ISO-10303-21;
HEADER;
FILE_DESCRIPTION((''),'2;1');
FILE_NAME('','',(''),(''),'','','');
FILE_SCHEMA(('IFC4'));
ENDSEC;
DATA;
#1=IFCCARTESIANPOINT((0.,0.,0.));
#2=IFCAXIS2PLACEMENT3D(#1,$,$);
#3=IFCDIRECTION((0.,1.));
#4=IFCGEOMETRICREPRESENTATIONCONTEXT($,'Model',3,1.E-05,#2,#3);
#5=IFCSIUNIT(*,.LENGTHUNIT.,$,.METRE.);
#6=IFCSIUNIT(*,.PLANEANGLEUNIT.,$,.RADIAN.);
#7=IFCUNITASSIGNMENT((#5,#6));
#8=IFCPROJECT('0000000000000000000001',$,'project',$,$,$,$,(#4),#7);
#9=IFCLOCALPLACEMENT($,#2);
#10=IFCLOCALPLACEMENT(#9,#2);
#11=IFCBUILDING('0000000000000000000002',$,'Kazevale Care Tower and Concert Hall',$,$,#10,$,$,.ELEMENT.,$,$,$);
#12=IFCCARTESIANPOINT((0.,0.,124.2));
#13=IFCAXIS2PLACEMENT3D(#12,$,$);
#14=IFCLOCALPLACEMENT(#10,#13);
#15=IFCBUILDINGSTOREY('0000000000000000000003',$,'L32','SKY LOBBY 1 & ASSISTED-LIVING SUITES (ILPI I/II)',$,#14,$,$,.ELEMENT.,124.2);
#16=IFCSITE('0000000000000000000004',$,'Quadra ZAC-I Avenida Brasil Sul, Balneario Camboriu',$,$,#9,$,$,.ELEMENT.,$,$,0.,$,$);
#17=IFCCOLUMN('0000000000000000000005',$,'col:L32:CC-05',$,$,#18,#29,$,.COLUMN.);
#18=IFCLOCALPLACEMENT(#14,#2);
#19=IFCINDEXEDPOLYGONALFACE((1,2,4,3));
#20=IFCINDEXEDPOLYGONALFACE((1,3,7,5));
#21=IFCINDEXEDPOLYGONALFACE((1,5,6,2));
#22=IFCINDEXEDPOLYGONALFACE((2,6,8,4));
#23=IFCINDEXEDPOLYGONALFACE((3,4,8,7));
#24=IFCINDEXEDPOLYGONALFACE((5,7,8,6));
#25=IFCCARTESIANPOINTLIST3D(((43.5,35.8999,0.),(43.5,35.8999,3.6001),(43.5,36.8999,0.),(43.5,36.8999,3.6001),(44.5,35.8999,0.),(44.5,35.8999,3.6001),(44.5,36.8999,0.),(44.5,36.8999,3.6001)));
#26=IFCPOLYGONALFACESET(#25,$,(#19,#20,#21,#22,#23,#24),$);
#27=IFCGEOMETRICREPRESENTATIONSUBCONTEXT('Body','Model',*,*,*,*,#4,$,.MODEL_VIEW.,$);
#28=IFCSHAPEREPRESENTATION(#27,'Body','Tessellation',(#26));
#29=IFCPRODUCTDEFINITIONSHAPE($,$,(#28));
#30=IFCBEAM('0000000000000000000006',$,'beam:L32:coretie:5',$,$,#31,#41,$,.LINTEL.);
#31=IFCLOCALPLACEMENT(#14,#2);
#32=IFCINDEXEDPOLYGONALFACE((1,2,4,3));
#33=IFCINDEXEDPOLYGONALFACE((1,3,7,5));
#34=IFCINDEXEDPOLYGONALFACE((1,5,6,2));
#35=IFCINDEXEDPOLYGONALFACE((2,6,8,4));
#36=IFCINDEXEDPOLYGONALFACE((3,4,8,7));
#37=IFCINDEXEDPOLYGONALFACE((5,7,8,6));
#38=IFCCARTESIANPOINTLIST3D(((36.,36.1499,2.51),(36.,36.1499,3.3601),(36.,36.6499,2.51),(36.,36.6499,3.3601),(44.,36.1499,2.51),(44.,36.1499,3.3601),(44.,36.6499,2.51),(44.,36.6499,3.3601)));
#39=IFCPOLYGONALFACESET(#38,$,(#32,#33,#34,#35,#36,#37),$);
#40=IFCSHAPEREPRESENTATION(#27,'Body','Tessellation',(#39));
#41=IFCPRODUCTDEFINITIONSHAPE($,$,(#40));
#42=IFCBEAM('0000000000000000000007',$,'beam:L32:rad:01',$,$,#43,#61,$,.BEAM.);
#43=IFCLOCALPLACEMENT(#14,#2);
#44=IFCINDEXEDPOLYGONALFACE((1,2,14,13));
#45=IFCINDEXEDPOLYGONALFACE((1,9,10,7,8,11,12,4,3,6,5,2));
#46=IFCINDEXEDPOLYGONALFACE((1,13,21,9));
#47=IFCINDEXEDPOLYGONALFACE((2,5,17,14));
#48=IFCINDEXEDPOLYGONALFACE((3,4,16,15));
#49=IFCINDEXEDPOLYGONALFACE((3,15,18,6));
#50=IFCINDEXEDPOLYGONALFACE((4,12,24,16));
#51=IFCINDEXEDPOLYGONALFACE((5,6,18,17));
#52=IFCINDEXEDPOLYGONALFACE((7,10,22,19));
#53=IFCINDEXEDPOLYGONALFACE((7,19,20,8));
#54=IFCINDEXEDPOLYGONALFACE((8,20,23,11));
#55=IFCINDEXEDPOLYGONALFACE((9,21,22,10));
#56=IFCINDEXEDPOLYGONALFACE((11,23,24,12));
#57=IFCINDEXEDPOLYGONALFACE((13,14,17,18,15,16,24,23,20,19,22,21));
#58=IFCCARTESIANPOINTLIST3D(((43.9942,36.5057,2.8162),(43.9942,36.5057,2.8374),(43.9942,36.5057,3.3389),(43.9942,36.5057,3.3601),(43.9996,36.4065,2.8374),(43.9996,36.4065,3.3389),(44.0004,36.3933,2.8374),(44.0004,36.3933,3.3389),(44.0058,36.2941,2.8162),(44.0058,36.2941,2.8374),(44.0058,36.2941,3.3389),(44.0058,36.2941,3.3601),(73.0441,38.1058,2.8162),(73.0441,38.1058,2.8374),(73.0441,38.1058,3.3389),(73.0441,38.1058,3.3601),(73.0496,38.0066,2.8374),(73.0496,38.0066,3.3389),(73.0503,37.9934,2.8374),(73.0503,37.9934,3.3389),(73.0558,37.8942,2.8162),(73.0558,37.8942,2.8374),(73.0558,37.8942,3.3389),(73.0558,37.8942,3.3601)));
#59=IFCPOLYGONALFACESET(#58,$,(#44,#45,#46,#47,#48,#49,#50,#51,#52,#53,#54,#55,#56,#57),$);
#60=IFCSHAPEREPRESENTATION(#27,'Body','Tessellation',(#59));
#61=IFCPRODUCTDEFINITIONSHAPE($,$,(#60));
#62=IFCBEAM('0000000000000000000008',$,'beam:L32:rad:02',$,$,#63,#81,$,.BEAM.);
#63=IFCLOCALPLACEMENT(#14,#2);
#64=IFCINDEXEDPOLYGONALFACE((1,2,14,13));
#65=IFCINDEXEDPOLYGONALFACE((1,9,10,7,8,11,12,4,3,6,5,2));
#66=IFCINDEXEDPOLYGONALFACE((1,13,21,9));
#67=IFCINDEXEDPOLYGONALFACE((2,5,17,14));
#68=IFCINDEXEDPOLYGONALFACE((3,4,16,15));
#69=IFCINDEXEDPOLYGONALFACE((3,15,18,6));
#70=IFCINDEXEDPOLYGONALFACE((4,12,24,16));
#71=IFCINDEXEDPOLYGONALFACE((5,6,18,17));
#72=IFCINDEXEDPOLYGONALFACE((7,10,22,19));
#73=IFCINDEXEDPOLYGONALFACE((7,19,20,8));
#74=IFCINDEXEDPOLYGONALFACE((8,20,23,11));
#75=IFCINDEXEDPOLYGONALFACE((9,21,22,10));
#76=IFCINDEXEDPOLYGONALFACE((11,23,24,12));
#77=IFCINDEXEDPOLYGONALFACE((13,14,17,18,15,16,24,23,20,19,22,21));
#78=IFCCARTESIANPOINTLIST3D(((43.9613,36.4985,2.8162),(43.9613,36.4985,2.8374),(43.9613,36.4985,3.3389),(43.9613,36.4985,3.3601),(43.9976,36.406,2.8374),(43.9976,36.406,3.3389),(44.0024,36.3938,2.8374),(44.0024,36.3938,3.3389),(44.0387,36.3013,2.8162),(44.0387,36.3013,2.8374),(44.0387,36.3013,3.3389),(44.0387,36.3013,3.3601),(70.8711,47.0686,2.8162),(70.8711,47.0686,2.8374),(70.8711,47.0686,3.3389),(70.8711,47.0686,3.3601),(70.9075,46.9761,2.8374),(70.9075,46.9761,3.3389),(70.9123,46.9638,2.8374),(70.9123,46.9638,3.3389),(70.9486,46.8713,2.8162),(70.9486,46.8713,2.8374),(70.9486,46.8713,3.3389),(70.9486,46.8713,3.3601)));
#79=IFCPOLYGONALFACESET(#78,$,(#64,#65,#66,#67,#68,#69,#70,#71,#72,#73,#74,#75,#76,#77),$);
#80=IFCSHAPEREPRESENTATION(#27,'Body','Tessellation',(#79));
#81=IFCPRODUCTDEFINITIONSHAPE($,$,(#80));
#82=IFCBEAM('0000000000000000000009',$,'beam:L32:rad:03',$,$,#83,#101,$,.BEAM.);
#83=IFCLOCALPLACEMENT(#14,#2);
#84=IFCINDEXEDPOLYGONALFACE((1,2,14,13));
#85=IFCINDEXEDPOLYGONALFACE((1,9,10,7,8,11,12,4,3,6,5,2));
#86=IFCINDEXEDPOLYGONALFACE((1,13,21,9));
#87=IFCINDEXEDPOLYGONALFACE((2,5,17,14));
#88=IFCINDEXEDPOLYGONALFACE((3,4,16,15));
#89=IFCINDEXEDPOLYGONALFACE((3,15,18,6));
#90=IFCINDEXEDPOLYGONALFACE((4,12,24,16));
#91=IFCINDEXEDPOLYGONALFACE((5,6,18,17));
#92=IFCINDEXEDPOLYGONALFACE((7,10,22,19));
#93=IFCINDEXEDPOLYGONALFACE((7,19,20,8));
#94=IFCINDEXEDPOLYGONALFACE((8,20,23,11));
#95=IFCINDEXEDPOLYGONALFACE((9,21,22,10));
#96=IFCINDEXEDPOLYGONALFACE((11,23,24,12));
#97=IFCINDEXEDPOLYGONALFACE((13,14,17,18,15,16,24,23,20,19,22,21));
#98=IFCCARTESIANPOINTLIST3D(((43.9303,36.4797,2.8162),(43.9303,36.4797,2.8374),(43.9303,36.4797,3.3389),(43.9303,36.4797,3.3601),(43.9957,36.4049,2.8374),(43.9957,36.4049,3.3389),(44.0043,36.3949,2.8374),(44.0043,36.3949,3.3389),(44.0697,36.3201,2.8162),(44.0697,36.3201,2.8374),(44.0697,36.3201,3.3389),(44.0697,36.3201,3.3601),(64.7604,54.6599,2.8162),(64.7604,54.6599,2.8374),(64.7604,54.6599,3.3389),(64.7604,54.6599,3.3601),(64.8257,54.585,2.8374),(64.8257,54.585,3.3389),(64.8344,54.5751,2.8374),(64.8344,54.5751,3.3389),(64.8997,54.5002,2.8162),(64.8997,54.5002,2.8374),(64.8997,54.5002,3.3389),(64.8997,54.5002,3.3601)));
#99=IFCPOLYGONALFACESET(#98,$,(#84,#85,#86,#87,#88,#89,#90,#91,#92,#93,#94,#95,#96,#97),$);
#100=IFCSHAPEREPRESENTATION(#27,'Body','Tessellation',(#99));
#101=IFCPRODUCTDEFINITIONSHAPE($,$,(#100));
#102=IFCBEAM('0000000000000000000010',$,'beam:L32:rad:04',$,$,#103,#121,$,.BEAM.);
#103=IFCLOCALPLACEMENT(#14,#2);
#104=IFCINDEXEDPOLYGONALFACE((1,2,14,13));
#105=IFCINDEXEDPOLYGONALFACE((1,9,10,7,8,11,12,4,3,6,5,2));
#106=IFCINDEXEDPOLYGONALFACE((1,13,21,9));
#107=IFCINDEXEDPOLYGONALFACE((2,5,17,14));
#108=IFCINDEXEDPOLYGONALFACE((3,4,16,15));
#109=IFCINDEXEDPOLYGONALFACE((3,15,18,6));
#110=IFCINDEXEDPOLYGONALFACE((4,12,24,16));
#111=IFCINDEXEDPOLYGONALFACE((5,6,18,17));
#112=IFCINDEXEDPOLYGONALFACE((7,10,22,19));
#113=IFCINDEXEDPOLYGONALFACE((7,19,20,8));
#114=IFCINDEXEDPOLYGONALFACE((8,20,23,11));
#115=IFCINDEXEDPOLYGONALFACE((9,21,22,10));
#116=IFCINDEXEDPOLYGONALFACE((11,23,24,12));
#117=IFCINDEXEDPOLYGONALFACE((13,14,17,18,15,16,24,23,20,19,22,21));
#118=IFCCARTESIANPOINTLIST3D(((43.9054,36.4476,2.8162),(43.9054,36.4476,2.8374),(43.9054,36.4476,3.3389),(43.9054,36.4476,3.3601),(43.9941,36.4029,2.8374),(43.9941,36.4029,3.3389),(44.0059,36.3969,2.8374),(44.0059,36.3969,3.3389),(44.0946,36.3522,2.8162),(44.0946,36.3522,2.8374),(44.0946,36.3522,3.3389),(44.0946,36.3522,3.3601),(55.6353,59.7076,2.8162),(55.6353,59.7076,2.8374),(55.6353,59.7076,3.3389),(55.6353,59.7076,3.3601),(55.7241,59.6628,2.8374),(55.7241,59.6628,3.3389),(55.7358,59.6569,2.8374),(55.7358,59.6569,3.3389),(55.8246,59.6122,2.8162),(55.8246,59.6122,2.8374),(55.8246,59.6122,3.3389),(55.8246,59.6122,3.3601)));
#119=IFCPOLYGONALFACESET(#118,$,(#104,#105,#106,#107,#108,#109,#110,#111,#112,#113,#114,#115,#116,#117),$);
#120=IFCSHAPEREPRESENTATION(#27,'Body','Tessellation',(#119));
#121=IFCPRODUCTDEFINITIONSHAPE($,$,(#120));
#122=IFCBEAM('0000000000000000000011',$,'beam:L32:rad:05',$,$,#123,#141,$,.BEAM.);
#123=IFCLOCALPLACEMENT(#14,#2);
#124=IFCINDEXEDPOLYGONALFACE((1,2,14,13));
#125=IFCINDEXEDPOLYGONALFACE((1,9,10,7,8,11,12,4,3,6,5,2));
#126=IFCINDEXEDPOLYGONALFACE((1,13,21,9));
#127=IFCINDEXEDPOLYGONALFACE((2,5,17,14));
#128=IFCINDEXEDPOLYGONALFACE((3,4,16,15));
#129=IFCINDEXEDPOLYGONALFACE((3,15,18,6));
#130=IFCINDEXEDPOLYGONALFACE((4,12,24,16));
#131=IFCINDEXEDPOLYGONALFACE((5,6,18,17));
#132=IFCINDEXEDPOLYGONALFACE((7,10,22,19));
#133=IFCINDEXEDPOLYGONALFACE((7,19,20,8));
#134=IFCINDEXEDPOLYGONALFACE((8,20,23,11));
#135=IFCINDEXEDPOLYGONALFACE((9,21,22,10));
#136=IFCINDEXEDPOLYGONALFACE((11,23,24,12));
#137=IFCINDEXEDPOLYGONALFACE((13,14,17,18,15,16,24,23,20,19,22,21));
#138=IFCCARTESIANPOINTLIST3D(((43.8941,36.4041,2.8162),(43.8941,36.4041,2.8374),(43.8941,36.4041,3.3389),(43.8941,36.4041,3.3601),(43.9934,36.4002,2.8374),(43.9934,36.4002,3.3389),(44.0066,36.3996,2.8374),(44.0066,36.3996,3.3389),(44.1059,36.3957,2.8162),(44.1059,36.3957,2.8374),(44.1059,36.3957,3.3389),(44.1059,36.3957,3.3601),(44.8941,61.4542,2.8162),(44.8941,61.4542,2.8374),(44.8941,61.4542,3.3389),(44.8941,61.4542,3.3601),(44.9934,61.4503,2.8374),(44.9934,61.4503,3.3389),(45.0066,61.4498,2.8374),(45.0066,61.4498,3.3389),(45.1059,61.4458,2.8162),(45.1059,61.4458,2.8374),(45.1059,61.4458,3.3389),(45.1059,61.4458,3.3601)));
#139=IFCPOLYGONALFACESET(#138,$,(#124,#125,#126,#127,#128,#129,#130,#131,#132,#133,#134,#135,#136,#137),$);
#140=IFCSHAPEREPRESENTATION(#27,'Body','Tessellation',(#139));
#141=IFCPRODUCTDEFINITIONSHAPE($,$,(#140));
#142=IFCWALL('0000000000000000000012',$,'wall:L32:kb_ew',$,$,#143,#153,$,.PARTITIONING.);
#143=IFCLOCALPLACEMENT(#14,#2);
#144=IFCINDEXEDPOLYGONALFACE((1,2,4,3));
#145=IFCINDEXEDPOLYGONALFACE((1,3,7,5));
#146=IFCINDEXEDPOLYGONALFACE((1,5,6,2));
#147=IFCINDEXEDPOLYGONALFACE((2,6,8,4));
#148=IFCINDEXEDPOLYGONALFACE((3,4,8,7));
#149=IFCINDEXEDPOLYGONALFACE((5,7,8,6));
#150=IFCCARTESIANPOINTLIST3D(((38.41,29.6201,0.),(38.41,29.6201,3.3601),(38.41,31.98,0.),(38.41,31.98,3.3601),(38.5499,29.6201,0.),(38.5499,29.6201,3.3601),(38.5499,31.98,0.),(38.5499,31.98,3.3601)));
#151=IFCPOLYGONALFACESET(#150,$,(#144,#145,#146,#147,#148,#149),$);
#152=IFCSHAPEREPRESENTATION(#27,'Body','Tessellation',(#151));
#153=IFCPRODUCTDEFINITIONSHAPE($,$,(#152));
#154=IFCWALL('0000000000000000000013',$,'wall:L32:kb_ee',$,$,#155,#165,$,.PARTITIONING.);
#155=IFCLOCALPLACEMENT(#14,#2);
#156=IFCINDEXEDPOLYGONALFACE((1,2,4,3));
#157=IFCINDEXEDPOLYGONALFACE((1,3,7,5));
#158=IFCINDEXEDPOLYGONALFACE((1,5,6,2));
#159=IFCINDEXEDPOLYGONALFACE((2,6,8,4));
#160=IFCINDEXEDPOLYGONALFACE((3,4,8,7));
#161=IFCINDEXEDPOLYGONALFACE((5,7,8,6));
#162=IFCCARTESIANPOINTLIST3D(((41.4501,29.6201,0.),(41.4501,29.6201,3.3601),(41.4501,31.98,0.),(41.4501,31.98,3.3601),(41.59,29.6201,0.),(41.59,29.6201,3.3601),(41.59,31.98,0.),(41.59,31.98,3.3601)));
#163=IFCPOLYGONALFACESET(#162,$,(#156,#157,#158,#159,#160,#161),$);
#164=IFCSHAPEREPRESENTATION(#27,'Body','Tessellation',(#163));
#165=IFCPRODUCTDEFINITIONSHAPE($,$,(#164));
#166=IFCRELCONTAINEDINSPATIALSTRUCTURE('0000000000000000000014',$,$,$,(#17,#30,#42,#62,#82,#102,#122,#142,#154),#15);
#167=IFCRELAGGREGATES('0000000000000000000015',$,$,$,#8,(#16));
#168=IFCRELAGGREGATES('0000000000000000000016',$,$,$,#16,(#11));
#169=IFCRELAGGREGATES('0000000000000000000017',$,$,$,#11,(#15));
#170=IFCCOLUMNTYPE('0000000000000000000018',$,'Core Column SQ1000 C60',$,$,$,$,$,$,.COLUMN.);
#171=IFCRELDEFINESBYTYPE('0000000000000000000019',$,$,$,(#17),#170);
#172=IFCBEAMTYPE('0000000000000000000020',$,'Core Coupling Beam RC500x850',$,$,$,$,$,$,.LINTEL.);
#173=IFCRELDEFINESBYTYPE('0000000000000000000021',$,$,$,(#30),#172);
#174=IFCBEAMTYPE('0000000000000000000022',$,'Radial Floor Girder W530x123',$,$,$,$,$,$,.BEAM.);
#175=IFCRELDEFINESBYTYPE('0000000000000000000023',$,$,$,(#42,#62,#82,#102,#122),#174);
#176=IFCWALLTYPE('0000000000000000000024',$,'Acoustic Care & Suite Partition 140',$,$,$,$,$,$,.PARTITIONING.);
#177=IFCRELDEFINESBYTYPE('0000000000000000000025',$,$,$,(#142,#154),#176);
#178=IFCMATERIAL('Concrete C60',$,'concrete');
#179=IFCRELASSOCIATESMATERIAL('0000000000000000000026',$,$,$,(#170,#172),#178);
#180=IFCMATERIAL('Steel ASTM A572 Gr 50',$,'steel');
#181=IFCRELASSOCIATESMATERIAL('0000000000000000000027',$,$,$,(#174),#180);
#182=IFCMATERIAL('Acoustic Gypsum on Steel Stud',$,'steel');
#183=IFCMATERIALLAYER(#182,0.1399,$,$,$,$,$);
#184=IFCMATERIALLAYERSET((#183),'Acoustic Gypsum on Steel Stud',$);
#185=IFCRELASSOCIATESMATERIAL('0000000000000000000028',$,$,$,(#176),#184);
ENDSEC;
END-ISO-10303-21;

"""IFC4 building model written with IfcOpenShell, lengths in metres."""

from ifc_helpers import new_model, si_unit, direction, frame, frame_2d, origin, origin_2d, place, context, subcontext, project, spatial, rectangle, i_section, extrude, material, layer, layer_set, material_profile, profile_set, type_object, element, save


model = new_model("IFC4")

# Units and contexts
model_context = context("Model", 3, precision=1e-05, world=origin(), true_north=direction((0.0, 1.0)))
body_context = subcontext(model_context, "Body", "Model", "MODEL_VIEW")
ifc_project = project(units=[si_unit("LENGTHUNIT", "METRE"), si_unit("PLANEANGLEUNIT", "RADIAN")], contexts=[model_context])

# Site, building, storey
site_placement = place(None, origin())
site = spatial("IfcSite", under=ifc_project, at=site_placement, Name="Quadra ZAC-I Avenida Brasil Sul, Balneario Camboriu", CompositionType="ELEMENT", RefElevation=0.0)
building_placement = place(site_placement, origin())
building = spatial("IfcBuilding", under=site, at=building_placement, Name="Kazevale Care Tower and Concert Hall", CompositionType="ELEMENT")
storey_placement = place(building_placement, frame((0.0, 0.0, 124.2)))
storey = spatial("IfcBuildingStorey", under=building, at=storey_placement, Name="L32", Description="SKY LOBBY 1 & ASSISTED-LIVING SUITES (ILPI I/II)", CompositionType="ELEMENT", Elevation=124.2)

# Column
ifc_material_1 = material(Name="Concrete C60", Category="concrete")
ifc_material_profile_1 = material_profile(ifc_material_1, rectangle(XDim=1.0, YDim=1.0, at=origin_2d()), Name="RC-SQ1000")
ifc_profile_set_1 = profile_set([ifc_material_profile_1], Name="Concrete C60")
column_type = type_object("IfcColumnType", Name="Core Column SQ1000 C60", PredefinedType="COLUMN", material=ifc_profile_set_1)
column_placement = place(storey_placement, frame((44.0, 36.3999, 0.0), z_axis=(0.0, 0.0, 1.0), x_axis=(1.0, 0.0, 0.0)))
element("IfcColumn", 1, at=column_placement, inside=storey, type_object=column_type, Name="col:L32:CC-05", PredefinedType="COLUMN", context=body_context, shape_type="SweptSolid", body=[
    extrude(rectangle(XDim=1.0, YDim=1.0, at=origin_2d()), origin(), (0.0, 0.0, 1.0), 3.6001),
])

# Beams
ifc_material_profile_2 = material_profile(ifc_material_1, rectangle(XDim=0.5, YDim=0.8501, at=origin_2d()), Name="RC-B500x850")
ifc_profile_set_2 = profile_set([ifc_material_profile_2], Name="Concrete C60")
beam_type_1 = type_object("IfcBeamType", Name="Core Coupling Beam RC500x850", PredefinedType="LINTEL", material=ifc_profile_set_2)
beam_1_placement = place(storey_placement, frame((44.0, 36.3999, 2.9351), z_axis=(-1.0, 0.0, 0.0), x_axis=(0.0, -1.0, 0.0)))
element("IfcBeam", 2, at=beam_1_placement, inside=storey, type_object=beam_type_1, Name="beam:L32:coretie:5", PredefinedType="LINTEL", context=body_context, shape_type="SweptSolid", body=[
    extrude(rectangle(XDim=0.5, YDim=0.8501, at=origin_2d()), origin(), (0.0, 0.0, 1.0), 8.0),
])
ifc_material_2 = material(Name="Steel ASTM A572 Gr 50", Category="steel")
ifc_material_profile_3 = material_profile(ifc_material_2, i_section(OverallWidth=0.2119, OverallDepth=0.5439, WebThickness=0.0132, FlangeThickness=0.0212, at=origin_2d()), Name="W530x123")
ifc_profile_set_3 = profile_set([ifc_material_profile_3], Name="Steel ASTM A572 Gr 50")
beam_type_2 = type_object("IfcBeamType", Name="Radial Floor Girder W530x123", PredefinedType="BEAM", material=ifc_profile_set_3)
beam_2_placement = place(storey_placement, frame((44.0, 36.3999, 3.0881), z_axis=(0.998487, 0.054997, 0.0), x_axis=(-0.054997, 0.998487, 0.0)))
element("IfcBeam", 3, at=beam_2_placement, inside=storey, type_object=beam_type_2, Name="beam:L32:rad:01", PredefinedType="BEAM", context=body_context, shape_type="SweptSolid", body=[
    extrude(i_section(OverallWidth=0.2119, OverallDepth=0.5439, WebThickness=0.0132, FlangeThickness=0.0212, at=origin_2d()), origin(), (0.0, 0.0, 1.0), 29.094),
])
beam_3_placement = place(storey_placement, frame((44.0, 36.3999, 3.0881), z_axis=(0.930771, 0.365602, 0.0), x_axis=(-0.365602, 0.930771, 0.0)))
element("IfcBeam", 4, at=beam_3_placement, inside=storey, type_object=beam_type_2, Name="beam:L32:rad:02", PredefinedType="BEAM", context=body_context, shape_type="SweptSolid", body=[
    extrude(i_section(OverallWidth=0.2119, OverallDepth=0.5439, WebThickness=0.0132, FlangeThickness=0.0212, at=origin_2d()), origin(), (0.0, 0.0, 1.0), 28.9114),
])
beam_4_placement = place(storey_placement, frame((44.0, 36.3999, 3.0881), z_axis=(0.753403, 0.657559, 0.0), x_axis=(-0.657559, 0.753403, 0.0)))
element("IfcBeam", 5, at=beam_4_placement, inside=storey, type_object=beam_type_2, Name="beam:L32:rad:03", PredefinedType="BEAM", context=body_context, shape_type="SweptSolid", body=[
    extrude(i_section(OverallWidth=0.2119, OverallDepth=0.5439, WebThickness=0.0132, FlangeThickness=0.0212, at=origin_2d()), origin(), (0.0, 0.0, 1.0), 27.6479),
])
beam_5_placement = place(storey_placement, frame((44.0, 36.3999, 3.0881), z_axis=(0.450281, 0.892887, 0.0), x_axis=(-0.892887, 0.450281, 0.0)))
element("IfcBeam", 6, at=beam_5_placement, inside=storey, type_object=beam_type_2, Name="beam:L32:rad:04", PredefinedType="BEAM", context=body_context, shape_type="SweptSolid", body=[
    extrude(i_section(OverallWidth=0.2119, OverallDepth=0.5439, WebThickness=0.0132, FlangeThickness=0.0212, at=origin_2d()), origin(), (0.0, 0.0, 1.0), 26.0503),
])
beam_6_placement = place(storey_placement, frame((44.0, 36.3999, 3.0881), z_axis=(0.039888, 0.999204, 0.0), x_axis=(-0.999204, 0.039888, 0.0)))
element("IfcBeam", 7, at=beam_6_placement, inside=storey, type_object=beam_type_2, Name="beam:L32:rad:05", PredefinedType="BEAM", context=body_context, shape_type="SweptSolid", body=[
    extrude(i_section(OverallWidth=0.2119, OverallDepth=0.5439, WebThickness=0.0132, FlangeThickness=0.0212, at=origin_2d()), origin(), (0.0, 0.0, 1.0), 25.0701),
])

# Walls
ifc_material_3 = material(Name="Acoustic Gypsum on Steel Stud", Category="steel")
ifc_layer_1 = layer(ifc_material_3, 0.1399)
ifc_layer_set_1 = layer_set([ifc_layer_1], Name="Acoustic Gypsum on Steel Stud")
wall_type_1 = type_object("IfcWallType", Name="Acoustic Care & Suite Partition 140", PredefinedType="PARTITIONING", material=ifc_layer_set_1)
for number, where, z_axis, x_axis, name in (
    (8, (38.48, 29.6201, 0.0), (0.0, 0.0, 1.0), (0.0, 1.0, 0.0), "wall:L32:kb_ew"),
    (9, (41.52, 29.6201, 0.0), (0.0, 0.0, 1.0), (0.0, 1.0, 0.0), "wall:L32:kb_ee"),
):
    element("IfcWall", number, at=place(storey_placement, frame(where, z_axis=z_axis, x_axis=x_axis)), inside=storey, type_object=wall_type_1, Name=name, PredefinedType="PARTITIONING", context=body_context, shape_type="SweptSolid", body=[
        extrude(rectangle(XDim=2.3599, YDim=0.1399, at=frame_2d((1.1799, 0.0))), origin(), (0.0, 0.0, 1.0), 3.3601),
    ])

save(model, "model.ifc")
